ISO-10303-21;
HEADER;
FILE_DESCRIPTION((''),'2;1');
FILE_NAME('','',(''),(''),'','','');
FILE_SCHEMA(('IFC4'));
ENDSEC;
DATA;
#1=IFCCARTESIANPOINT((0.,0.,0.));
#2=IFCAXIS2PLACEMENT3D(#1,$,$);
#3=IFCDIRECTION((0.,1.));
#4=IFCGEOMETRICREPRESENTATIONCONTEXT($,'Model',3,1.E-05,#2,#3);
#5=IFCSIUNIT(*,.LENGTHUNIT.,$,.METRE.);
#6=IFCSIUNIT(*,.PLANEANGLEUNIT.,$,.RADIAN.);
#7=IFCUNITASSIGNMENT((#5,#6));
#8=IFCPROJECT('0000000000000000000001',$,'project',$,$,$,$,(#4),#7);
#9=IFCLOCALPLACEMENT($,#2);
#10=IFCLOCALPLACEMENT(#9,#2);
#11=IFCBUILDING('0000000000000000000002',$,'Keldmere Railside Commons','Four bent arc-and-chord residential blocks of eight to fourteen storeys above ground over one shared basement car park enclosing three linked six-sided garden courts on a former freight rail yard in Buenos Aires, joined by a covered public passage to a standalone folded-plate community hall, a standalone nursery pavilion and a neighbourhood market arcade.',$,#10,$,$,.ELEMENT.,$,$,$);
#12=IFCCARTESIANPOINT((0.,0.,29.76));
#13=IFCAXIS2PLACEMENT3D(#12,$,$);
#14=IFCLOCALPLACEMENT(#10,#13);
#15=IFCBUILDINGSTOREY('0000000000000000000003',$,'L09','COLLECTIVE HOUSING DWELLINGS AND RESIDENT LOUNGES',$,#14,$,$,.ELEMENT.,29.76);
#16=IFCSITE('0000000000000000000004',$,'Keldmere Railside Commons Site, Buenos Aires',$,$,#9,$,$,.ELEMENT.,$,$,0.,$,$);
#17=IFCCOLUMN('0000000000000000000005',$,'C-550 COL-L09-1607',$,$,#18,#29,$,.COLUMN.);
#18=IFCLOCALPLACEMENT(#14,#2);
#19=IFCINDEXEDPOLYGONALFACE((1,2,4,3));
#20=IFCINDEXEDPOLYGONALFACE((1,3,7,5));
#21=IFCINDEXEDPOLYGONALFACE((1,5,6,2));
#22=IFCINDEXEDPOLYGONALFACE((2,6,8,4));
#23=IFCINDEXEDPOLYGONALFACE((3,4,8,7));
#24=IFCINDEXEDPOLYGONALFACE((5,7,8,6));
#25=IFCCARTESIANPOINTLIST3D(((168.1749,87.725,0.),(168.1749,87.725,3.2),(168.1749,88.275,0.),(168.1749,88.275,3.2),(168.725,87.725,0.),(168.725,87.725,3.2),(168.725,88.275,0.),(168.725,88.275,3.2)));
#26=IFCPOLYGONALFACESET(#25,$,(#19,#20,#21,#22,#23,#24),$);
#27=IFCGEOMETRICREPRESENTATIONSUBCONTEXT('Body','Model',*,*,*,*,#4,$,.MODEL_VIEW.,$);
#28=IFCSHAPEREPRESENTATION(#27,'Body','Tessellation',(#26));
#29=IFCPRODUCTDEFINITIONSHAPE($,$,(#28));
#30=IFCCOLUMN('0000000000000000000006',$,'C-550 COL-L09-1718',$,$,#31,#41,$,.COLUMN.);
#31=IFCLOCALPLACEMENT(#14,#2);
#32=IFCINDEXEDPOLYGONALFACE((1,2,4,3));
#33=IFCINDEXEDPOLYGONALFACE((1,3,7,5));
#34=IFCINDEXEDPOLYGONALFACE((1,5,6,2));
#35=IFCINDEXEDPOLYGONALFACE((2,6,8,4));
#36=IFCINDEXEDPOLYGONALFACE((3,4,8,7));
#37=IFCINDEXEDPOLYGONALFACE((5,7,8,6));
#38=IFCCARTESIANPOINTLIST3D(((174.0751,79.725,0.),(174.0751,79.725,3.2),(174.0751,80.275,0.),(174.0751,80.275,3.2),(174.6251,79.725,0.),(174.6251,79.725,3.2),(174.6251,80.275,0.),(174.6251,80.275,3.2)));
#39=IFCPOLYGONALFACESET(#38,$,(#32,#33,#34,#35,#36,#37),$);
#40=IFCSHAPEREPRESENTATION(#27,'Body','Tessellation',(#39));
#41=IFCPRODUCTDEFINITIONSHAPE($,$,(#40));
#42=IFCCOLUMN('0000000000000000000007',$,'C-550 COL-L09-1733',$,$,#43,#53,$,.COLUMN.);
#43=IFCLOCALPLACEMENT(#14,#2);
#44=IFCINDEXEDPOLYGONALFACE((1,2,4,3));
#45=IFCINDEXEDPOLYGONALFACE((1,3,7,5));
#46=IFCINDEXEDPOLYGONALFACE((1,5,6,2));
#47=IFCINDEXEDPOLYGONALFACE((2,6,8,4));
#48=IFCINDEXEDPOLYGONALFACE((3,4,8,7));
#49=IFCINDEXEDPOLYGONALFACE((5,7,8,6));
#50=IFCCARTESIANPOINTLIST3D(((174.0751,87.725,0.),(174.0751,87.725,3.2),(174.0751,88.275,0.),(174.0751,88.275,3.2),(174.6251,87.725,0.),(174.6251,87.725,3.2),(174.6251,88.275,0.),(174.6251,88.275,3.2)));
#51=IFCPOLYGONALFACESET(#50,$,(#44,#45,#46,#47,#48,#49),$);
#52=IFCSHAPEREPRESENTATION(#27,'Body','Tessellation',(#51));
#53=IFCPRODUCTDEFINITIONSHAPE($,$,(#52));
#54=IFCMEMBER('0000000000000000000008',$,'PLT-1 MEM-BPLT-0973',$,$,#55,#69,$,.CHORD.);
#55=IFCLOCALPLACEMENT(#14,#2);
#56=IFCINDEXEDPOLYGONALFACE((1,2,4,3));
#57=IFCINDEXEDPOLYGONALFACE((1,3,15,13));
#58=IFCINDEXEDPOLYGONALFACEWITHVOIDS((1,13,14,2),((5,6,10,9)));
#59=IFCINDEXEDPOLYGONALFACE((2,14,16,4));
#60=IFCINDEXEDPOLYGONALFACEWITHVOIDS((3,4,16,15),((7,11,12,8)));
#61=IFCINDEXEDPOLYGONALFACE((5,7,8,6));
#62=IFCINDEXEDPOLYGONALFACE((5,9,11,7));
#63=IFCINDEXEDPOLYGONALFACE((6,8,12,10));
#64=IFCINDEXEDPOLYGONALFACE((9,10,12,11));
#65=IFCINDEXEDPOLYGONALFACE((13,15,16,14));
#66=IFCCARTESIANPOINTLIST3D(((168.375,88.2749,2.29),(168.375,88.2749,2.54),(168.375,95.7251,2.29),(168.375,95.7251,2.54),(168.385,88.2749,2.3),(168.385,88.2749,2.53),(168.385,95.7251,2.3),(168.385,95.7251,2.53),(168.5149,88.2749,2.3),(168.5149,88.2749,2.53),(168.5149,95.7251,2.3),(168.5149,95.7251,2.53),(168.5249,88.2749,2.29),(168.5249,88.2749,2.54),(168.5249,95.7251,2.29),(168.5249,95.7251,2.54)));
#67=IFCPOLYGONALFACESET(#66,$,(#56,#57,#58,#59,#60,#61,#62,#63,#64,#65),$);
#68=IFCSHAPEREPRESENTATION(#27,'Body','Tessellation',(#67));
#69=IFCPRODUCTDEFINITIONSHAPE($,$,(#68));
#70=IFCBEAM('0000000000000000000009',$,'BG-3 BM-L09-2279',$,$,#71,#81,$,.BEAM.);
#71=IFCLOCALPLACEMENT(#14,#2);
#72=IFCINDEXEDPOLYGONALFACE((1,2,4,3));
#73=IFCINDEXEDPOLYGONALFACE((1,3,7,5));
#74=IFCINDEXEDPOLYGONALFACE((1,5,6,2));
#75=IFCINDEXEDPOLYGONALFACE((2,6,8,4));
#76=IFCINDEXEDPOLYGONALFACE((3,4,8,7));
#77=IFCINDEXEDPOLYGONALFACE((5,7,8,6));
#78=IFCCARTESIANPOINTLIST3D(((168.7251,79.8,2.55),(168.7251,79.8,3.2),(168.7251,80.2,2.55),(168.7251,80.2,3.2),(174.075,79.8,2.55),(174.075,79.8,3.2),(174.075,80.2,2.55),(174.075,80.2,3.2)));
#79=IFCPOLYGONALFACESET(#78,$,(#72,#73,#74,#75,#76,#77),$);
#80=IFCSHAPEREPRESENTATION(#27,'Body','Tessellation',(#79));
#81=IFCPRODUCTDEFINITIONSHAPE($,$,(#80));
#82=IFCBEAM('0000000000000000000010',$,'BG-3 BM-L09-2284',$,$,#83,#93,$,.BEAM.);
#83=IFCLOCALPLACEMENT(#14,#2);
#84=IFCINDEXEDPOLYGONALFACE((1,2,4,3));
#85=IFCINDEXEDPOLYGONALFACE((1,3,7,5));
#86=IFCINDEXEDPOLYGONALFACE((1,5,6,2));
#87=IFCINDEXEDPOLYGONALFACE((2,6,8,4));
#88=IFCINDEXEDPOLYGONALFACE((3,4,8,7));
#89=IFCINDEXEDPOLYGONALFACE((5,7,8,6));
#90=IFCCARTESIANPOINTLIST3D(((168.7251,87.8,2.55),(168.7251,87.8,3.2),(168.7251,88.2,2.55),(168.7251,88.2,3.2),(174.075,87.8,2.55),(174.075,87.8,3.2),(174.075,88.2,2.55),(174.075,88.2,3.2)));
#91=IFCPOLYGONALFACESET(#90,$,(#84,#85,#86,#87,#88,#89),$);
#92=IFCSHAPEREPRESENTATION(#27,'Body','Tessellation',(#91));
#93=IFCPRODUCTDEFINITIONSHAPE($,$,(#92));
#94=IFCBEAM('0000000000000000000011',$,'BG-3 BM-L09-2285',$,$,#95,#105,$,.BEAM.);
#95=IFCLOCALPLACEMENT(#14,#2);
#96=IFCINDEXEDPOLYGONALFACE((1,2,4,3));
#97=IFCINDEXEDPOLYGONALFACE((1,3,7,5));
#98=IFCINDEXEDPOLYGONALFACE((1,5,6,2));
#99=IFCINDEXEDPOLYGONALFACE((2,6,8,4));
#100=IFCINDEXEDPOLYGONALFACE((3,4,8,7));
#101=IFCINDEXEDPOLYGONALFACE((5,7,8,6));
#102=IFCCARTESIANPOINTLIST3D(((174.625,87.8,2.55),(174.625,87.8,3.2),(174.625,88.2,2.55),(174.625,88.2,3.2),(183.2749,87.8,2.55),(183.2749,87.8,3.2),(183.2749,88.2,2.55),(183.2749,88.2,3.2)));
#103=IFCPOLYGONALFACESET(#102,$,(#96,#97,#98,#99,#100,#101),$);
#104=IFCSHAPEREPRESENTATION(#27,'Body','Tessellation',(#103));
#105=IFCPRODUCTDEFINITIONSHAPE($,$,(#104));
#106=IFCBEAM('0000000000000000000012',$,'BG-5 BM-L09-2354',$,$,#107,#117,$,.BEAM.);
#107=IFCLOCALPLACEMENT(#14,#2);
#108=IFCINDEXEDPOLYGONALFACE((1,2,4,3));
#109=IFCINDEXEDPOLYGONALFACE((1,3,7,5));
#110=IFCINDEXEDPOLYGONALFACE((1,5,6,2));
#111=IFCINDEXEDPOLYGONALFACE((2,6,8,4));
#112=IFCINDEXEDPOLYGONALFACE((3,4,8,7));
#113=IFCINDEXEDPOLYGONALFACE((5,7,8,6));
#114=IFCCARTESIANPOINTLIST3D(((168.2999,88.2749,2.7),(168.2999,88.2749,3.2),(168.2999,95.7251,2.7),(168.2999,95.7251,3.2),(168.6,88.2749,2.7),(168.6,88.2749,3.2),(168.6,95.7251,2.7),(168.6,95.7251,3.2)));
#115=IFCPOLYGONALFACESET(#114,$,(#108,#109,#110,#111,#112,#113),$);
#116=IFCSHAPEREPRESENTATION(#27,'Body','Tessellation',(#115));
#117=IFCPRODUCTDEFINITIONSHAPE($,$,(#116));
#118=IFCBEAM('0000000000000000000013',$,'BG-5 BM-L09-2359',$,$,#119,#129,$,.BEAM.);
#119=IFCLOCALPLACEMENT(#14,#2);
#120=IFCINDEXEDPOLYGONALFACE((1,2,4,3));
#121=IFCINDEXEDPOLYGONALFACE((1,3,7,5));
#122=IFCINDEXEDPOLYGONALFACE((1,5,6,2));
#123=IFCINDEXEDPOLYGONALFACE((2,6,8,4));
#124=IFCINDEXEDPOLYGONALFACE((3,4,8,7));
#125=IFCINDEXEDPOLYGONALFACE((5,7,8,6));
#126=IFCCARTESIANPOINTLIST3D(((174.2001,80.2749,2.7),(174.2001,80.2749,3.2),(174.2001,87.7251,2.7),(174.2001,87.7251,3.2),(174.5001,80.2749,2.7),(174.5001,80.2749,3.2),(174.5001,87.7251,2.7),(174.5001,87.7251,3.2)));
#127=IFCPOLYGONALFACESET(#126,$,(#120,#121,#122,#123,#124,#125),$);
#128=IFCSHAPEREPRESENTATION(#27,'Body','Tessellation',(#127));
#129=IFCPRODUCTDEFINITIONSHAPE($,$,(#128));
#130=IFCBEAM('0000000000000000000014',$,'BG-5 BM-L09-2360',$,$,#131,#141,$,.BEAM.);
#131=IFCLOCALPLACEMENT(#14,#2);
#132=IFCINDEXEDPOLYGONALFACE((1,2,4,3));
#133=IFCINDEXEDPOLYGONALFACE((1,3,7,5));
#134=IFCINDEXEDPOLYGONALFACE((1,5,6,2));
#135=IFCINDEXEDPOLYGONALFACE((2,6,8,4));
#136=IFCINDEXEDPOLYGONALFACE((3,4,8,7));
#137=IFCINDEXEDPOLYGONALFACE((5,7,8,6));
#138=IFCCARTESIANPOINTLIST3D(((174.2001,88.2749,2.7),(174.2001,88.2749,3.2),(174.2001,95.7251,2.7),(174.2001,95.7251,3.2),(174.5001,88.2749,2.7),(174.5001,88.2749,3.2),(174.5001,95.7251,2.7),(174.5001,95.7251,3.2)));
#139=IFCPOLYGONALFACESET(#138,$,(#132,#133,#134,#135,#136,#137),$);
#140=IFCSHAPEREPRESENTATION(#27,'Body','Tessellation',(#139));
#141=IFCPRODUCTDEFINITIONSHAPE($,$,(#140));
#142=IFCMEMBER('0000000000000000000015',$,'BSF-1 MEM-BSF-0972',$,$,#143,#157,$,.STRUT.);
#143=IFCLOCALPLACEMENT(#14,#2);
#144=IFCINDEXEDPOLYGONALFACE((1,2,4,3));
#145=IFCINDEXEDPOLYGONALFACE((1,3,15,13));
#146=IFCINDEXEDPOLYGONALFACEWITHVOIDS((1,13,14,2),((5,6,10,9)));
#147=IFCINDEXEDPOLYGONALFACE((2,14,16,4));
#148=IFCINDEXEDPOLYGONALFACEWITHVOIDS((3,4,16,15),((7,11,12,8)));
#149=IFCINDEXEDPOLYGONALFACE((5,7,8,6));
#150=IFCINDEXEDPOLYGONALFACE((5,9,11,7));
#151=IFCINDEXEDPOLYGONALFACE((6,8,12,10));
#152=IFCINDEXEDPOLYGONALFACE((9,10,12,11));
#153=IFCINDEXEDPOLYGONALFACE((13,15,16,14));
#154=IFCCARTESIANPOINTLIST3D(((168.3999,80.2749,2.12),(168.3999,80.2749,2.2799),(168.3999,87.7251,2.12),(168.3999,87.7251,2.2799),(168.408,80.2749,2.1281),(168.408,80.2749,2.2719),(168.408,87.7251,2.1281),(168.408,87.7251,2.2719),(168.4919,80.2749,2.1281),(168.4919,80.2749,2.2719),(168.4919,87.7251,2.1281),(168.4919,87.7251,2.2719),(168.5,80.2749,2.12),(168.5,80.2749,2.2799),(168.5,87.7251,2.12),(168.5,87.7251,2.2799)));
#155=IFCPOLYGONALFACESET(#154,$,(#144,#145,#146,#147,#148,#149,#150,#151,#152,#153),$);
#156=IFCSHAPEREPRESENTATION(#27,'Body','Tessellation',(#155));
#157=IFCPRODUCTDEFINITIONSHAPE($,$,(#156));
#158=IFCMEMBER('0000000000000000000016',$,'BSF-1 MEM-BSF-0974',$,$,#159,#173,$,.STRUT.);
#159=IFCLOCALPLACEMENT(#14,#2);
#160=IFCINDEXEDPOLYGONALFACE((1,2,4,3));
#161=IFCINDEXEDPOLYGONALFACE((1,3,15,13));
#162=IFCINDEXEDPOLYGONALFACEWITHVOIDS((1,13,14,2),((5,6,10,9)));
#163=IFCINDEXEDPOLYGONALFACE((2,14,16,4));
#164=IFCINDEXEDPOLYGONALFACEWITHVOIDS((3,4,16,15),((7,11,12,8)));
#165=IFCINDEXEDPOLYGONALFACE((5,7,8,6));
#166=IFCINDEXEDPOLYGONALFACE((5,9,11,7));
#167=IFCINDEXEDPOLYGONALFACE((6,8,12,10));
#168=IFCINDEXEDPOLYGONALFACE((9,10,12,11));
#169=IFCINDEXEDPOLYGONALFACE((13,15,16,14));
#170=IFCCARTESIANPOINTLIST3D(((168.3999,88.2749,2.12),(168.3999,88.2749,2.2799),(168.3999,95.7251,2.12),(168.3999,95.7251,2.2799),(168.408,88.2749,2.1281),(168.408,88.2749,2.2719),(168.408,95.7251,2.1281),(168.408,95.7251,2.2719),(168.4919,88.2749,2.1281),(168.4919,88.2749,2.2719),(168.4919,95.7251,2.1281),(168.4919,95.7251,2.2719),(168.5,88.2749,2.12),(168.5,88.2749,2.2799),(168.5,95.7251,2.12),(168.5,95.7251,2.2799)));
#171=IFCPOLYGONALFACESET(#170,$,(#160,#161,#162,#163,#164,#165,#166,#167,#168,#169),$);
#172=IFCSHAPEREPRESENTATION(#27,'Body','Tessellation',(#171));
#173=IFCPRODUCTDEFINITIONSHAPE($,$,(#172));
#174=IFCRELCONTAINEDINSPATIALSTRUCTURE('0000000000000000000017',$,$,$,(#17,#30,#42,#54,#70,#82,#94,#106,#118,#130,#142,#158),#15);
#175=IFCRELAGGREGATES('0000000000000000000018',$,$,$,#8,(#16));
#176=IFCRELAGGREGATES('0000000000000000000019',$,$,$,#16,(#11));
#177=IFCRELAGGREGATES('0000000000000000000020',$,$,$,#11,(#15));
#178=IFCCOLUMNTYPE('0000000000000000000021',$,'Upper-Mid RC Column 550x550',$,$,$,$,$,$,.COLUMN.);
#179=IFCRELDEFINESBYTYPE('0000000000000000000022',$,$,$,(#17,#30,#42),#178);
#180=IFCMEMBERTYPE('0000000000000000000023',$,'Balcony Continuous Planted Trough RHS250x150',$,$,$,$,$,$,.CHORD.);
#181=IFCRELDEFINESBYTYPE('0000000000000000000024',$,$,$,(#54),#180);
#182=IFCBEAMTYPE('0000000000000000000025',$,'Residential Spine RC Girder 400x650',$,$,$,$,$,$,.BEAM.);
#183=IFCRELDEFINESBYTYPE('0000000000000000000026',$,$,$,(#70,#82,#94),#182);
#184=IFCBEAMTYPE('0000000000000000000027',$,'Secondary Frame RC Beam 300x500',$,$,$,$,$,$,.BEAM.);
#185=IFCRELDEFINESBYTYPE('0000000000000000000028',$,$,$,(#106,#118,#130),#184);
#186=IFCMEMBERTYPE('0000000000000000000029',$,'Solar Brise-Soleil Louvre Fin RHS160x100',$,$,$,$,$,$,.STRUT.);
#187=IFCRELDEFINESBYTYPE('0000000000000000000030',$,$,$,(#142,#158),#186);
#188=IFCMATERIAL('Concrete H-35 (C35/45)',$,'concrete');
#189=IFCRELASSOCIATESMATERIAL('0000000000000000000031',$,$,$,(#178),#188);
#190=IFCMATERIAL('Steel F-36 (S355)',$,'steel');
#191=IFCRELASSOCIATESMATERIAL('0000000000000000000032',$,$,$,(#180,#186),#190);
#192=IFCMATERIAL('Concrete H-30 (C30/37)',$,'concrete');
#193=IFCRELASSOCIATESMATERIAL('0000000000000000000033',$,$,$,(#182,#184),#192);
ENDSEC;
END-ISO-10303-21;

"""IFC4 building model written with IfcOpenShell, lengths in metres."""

from ifc_helpers import new_model, si_unit, direction, frame, origin, origin_2d, place, context, subcontext, project, spatial, rectangle, hollow_rectangle, extrude, material, material_profile, profile_set, type_object, element, save


model = new_model("IFC4")

# Units and contexts
model_context = context("Model", 3, precision=1e-05, world=origin(), true_north=direction((0.0, 1.0)))
body_context = subcontext(model_context, "Body", "Model", "MODEL_VIEW")
ifc_project = project(units=[si_unit("LENGTHUNIT", "METRE"), si_unit("PLANEANGLEUNIT", "RADIAN")], contexts=[model_context])

# Site, building, storey
site_placement = place(None, origin())
site = spatial("IfcSite", under=ifc_project, at=site_placement, Name="Keldmere Railside Commons Site, Buenos Aires", CompositionType="ELEMENT", RefElevation=0.0)
building_placement = place(site_placement, origin())
building = spatial("IfcBuilding", under=site, at=building_placement, Name="Keldmere Railside Commons", Description="Four bent arc-and-chord residential blocks of eight to fourteen storeys above ground over one shared basement car park enclosing three linked six-sided garden courts on a former freight rail yard in Buenos Aires, joined by a covered public passage to a standalone folded-plate community hall, a standalone nursery pavilion and a neighbourhood market arcade.", CompositionType="ELEMENT")
storey_placement = place(building_placement, frame((0.0, 0.0, 29.76)))
storey = spatial("IfcBuildingStorey", under=building, at=storey_placement, Name="L09", Description="COLLECTIVE HOUSING DWELLINGS AND RESIDENT LOUNGES", CompositionType="ELEMENT", Elevation=29.76)

# Columns
ifc_material_1 = material(Name="Concrete H-35 (C35/45)", Category="concrete")
ifc_material_profile_1 = material_profile(ifc_material_1, rectangle(XDim=0.55, YDim=0.55, at=origin_2d()), Name="RC-550x550")
ifc_profile_set_1 = profile_set([ifc_material_profile_1], Name="Concrete H-35 (C35/45)")
column_type = type_object("IfcColumnType", Name="Upper-Mid RC Column 550x550", PredefinedType="COLUMN", material=ifc_profile_set_1)
for number, where, z_axis, x_axis, name in (
    (1, (168.45, 88.0, 0.0), (0.0, 0.0, 1.0), (1.0, 0.0, 0.0), "C-550 COL-L09-1607"),
    (2, (174.3501, 80.0, 0.0), (0.0, 0.0, 1.0), (1.0, 0.0, 0.0), "C-550 COL-L09-1718"),
    (3, (174.3501, 88.0, 0.0), (0.0, 0.0, 1.0), (1.0, 0.0, 0.0), "C-550 COL-L09-1733"),
):
    element("IfcColumn", number, at=place(storey_placement, frame(where, z_axis=z_axis, x_axis=x_axis)), inside=storey, type_object=column_type, Name=name, PredefinedType="COLUMN", context=body_context, shape_type="SweptSolid", body=[
        extrude(rectangle(XDim=0.55, YDim=0.55, at=origin_2d()), origin(), (0.0, 0.0, 1.0), 3.2),
    ])

# Member
ifc_material_2 = material(Name="Steel F-36 (S355)", Category="steel")
ifc_material_profile_2 = material_profile(ifc_material_2, hollow_rectangle(XDim=0.1499, YDim=0.25, WallThickness=0.01, at=origin_2d()), Name="RHS-250x150x10")
ifc_profile_set_2 = profile_set([ifc_material_profile_2], Name="Steel F-36 (S355)")
member_type_1 = type_object("IfcMemberType", Name="Balcony Continuous Planted Trough RHS250x150", PredefinedType="CHORD", material=ifc_profile_set_2)
member_placement = place(storey_placement, frame((168.45, 88.2749, 2.415), z_axis=(0.0, 1.0, 0.0), x_axis=(-1.0, 0.0, 0.0)))
element("IfcMember", 4, at=member_placement, inside=storey, type_object=member_type_1, Name="PLT-1 MEM-BPLT-0973", PredefinedType="CHORD", context=body_context, shape_type="SweptSolid", body=[
    extrude(hollow_rectangle(XDim=0.1499, YDim=0.25, WallThickness=0.01, at=origin_2d()), origin(), (0.0, 0.0, 1.0), 7.4502),
])

# Beams
ifc_material_3 = material(Name="Concrete H-30 (C30/37)", Category="concrete")
ifc_material_profile_3 = material_profile(ifc_material_3, rectangle(XDim=0.3999, YDim=0.6499, at=origin_2d()), Name="RC-400x650")
ifc_profile_set_3 = profile_set([ifc_material_profile_3], Name="Concrete H-30 (C30/37)")
beam_type_1 = type_object("IfcBeamType", Name="Residential Spine RC Girder 400x650", PredefinedType="BEAM", material=ifc_profile_set_3)
for number, where, z_axis, x_axis, name in (
    (5, (168.7251, 80.0, 2.875), (1.0, 0.0, 0.0), (0.0, 1.0, 0.0), "BG-3 BM-L09-2279"),
    (6, (168.7251, 88.0, 2.875), (1.0, 0.0, 0.0), (0.0, 1.0, 0.0), "BG-3 BM-L09-2284"),
):
    element("IfcBeam", number, at=place(storey_placement, frame(where, z_axis=z_axis, x_axis=x_axis)), inside=storey, type_object=beam_type_1, Name=name, PredefinedType="BEAM", context=body_context, shape_type="SweptSolid", body=[
        extrude(rectangle(XDim=0.3999, YDim=0.6499, at=origin_2d()), origin(), (0.0, 0.0, 1.0), 5.3499),
    ])
beam_placement = place(storey_placement, frame((174.625, 88.0, 2.875), z_axis=(1.0, 0.0, 0.0), x_axis=(0.0, 1.0, 0.0)))
element("IfcBeam", 7, at=beam_placement, inside=storey, type_object=beam_type_1, Name="BG-3 BM-L09-2285", PredefinedType="BEAM", context=body_context, shape_type="SweptSolid", body=[
    extrude(rectangle(XDim=0.3999, YDim=0.6499, at=origin_2d()), origin(), (0.0, 0.0, 1.0), 8.6499),
])
ifc_material_profile_4 = material_profile(ifc_material_3, rectangle(XDim=0.3, YDim=0.5, at=origin_2d()), Name="RC-300x500")
ifc_profile_set_4 = profile_set([ifc_material_profile_4], Name="Concrete H-30 (C30/37)")
beam_type_2 = type_object("IfcBeamType", Name="Secondary Frame RC Beam 300x500", PredefinedType="BEAM", material=ifc_profile_set_4)
for number, where, z_axis, x_axis, name in (
    (8, (168.45, 88.2749, 2.95), (0.0, 1.0, 0.0), (-1.0, 0.0, 0.0), "BG-5 BM-L09-2354"),
    (9, (174.3501, 80.2749, 2.95), (0.0, 1.0, 0.0), (-1.0, 0.0, 0.0), "BG-5 BM-L09-2359"),
    (10, (174.3501, 88.2749, 2.95), (0.0, 1.0, 0.0), (-1.0, 0.0, 0.0), "BG-5 BM-L09-2360"),
):
    element("IfcBeam", number, at=place(storey_placement, frame(where, z_axis=z_axis, x_axis=x_axis)), inside=storey, type_object=beam_type_2, Name=name, PredefinedType="BEAM", context=body_context, shape_type="SweptSolid", body=[
        extrude(rectangle(XDim=0.3, YDim=0.5, at=origin_2d()), origin(), (0.0, 0.0, 1.0), 7.4502),
    ])

# Members
ifc_material_profile_5 = material_profile(ifc_material_2, hollow_rectangle(XDim=0.1001, YDim=0.1599, WallThickness=0.0081, at=origin_2d()), Name="RHS-160x100x8")
ifc_profile_set_5 = profile_set([ifc_material_profile_5], Name="Steel F-36 (S355)")
member_type_2 = type_object("IfcMemberType", Name="Solar Brise-Soleil Louvre Fin RHS160x100", PredefinedType="STRUT", material=ifc_profile_set_5)
for number, where, z_axis, x_axis, name in (
    (11, (168.45, 80.2749, 2.2), (0.0, 1.0, 0.0), (-1.0, 0.0, 0.0), "BSF-1 MEM-BSF-0972"),
    (12, (168.45, 88.2749, 2.2), (0.0, 1.0, 0.0), (-1.0, 0.0, 0.0), "BSF-1 MEM-BSF-0974"),
):
    element("IfcMember", number, at=place(storey_placement, frame(where, z_axis=z_axis, x_axis=x_axis)), inside=storey, type_object=member_type_2, Name=name, PredefinedType="STRUT", context=body_context, shape_type="SweptSolid", body=[
        extrude(hollow_rectangle(XDim=0.1001, YDim=0.1599, WallThickness=0.0081, at=origin_2d()), origin(), (0.0, 0.0, 1.0), 7.4502),
    ])

save(model, "model.ifc")
